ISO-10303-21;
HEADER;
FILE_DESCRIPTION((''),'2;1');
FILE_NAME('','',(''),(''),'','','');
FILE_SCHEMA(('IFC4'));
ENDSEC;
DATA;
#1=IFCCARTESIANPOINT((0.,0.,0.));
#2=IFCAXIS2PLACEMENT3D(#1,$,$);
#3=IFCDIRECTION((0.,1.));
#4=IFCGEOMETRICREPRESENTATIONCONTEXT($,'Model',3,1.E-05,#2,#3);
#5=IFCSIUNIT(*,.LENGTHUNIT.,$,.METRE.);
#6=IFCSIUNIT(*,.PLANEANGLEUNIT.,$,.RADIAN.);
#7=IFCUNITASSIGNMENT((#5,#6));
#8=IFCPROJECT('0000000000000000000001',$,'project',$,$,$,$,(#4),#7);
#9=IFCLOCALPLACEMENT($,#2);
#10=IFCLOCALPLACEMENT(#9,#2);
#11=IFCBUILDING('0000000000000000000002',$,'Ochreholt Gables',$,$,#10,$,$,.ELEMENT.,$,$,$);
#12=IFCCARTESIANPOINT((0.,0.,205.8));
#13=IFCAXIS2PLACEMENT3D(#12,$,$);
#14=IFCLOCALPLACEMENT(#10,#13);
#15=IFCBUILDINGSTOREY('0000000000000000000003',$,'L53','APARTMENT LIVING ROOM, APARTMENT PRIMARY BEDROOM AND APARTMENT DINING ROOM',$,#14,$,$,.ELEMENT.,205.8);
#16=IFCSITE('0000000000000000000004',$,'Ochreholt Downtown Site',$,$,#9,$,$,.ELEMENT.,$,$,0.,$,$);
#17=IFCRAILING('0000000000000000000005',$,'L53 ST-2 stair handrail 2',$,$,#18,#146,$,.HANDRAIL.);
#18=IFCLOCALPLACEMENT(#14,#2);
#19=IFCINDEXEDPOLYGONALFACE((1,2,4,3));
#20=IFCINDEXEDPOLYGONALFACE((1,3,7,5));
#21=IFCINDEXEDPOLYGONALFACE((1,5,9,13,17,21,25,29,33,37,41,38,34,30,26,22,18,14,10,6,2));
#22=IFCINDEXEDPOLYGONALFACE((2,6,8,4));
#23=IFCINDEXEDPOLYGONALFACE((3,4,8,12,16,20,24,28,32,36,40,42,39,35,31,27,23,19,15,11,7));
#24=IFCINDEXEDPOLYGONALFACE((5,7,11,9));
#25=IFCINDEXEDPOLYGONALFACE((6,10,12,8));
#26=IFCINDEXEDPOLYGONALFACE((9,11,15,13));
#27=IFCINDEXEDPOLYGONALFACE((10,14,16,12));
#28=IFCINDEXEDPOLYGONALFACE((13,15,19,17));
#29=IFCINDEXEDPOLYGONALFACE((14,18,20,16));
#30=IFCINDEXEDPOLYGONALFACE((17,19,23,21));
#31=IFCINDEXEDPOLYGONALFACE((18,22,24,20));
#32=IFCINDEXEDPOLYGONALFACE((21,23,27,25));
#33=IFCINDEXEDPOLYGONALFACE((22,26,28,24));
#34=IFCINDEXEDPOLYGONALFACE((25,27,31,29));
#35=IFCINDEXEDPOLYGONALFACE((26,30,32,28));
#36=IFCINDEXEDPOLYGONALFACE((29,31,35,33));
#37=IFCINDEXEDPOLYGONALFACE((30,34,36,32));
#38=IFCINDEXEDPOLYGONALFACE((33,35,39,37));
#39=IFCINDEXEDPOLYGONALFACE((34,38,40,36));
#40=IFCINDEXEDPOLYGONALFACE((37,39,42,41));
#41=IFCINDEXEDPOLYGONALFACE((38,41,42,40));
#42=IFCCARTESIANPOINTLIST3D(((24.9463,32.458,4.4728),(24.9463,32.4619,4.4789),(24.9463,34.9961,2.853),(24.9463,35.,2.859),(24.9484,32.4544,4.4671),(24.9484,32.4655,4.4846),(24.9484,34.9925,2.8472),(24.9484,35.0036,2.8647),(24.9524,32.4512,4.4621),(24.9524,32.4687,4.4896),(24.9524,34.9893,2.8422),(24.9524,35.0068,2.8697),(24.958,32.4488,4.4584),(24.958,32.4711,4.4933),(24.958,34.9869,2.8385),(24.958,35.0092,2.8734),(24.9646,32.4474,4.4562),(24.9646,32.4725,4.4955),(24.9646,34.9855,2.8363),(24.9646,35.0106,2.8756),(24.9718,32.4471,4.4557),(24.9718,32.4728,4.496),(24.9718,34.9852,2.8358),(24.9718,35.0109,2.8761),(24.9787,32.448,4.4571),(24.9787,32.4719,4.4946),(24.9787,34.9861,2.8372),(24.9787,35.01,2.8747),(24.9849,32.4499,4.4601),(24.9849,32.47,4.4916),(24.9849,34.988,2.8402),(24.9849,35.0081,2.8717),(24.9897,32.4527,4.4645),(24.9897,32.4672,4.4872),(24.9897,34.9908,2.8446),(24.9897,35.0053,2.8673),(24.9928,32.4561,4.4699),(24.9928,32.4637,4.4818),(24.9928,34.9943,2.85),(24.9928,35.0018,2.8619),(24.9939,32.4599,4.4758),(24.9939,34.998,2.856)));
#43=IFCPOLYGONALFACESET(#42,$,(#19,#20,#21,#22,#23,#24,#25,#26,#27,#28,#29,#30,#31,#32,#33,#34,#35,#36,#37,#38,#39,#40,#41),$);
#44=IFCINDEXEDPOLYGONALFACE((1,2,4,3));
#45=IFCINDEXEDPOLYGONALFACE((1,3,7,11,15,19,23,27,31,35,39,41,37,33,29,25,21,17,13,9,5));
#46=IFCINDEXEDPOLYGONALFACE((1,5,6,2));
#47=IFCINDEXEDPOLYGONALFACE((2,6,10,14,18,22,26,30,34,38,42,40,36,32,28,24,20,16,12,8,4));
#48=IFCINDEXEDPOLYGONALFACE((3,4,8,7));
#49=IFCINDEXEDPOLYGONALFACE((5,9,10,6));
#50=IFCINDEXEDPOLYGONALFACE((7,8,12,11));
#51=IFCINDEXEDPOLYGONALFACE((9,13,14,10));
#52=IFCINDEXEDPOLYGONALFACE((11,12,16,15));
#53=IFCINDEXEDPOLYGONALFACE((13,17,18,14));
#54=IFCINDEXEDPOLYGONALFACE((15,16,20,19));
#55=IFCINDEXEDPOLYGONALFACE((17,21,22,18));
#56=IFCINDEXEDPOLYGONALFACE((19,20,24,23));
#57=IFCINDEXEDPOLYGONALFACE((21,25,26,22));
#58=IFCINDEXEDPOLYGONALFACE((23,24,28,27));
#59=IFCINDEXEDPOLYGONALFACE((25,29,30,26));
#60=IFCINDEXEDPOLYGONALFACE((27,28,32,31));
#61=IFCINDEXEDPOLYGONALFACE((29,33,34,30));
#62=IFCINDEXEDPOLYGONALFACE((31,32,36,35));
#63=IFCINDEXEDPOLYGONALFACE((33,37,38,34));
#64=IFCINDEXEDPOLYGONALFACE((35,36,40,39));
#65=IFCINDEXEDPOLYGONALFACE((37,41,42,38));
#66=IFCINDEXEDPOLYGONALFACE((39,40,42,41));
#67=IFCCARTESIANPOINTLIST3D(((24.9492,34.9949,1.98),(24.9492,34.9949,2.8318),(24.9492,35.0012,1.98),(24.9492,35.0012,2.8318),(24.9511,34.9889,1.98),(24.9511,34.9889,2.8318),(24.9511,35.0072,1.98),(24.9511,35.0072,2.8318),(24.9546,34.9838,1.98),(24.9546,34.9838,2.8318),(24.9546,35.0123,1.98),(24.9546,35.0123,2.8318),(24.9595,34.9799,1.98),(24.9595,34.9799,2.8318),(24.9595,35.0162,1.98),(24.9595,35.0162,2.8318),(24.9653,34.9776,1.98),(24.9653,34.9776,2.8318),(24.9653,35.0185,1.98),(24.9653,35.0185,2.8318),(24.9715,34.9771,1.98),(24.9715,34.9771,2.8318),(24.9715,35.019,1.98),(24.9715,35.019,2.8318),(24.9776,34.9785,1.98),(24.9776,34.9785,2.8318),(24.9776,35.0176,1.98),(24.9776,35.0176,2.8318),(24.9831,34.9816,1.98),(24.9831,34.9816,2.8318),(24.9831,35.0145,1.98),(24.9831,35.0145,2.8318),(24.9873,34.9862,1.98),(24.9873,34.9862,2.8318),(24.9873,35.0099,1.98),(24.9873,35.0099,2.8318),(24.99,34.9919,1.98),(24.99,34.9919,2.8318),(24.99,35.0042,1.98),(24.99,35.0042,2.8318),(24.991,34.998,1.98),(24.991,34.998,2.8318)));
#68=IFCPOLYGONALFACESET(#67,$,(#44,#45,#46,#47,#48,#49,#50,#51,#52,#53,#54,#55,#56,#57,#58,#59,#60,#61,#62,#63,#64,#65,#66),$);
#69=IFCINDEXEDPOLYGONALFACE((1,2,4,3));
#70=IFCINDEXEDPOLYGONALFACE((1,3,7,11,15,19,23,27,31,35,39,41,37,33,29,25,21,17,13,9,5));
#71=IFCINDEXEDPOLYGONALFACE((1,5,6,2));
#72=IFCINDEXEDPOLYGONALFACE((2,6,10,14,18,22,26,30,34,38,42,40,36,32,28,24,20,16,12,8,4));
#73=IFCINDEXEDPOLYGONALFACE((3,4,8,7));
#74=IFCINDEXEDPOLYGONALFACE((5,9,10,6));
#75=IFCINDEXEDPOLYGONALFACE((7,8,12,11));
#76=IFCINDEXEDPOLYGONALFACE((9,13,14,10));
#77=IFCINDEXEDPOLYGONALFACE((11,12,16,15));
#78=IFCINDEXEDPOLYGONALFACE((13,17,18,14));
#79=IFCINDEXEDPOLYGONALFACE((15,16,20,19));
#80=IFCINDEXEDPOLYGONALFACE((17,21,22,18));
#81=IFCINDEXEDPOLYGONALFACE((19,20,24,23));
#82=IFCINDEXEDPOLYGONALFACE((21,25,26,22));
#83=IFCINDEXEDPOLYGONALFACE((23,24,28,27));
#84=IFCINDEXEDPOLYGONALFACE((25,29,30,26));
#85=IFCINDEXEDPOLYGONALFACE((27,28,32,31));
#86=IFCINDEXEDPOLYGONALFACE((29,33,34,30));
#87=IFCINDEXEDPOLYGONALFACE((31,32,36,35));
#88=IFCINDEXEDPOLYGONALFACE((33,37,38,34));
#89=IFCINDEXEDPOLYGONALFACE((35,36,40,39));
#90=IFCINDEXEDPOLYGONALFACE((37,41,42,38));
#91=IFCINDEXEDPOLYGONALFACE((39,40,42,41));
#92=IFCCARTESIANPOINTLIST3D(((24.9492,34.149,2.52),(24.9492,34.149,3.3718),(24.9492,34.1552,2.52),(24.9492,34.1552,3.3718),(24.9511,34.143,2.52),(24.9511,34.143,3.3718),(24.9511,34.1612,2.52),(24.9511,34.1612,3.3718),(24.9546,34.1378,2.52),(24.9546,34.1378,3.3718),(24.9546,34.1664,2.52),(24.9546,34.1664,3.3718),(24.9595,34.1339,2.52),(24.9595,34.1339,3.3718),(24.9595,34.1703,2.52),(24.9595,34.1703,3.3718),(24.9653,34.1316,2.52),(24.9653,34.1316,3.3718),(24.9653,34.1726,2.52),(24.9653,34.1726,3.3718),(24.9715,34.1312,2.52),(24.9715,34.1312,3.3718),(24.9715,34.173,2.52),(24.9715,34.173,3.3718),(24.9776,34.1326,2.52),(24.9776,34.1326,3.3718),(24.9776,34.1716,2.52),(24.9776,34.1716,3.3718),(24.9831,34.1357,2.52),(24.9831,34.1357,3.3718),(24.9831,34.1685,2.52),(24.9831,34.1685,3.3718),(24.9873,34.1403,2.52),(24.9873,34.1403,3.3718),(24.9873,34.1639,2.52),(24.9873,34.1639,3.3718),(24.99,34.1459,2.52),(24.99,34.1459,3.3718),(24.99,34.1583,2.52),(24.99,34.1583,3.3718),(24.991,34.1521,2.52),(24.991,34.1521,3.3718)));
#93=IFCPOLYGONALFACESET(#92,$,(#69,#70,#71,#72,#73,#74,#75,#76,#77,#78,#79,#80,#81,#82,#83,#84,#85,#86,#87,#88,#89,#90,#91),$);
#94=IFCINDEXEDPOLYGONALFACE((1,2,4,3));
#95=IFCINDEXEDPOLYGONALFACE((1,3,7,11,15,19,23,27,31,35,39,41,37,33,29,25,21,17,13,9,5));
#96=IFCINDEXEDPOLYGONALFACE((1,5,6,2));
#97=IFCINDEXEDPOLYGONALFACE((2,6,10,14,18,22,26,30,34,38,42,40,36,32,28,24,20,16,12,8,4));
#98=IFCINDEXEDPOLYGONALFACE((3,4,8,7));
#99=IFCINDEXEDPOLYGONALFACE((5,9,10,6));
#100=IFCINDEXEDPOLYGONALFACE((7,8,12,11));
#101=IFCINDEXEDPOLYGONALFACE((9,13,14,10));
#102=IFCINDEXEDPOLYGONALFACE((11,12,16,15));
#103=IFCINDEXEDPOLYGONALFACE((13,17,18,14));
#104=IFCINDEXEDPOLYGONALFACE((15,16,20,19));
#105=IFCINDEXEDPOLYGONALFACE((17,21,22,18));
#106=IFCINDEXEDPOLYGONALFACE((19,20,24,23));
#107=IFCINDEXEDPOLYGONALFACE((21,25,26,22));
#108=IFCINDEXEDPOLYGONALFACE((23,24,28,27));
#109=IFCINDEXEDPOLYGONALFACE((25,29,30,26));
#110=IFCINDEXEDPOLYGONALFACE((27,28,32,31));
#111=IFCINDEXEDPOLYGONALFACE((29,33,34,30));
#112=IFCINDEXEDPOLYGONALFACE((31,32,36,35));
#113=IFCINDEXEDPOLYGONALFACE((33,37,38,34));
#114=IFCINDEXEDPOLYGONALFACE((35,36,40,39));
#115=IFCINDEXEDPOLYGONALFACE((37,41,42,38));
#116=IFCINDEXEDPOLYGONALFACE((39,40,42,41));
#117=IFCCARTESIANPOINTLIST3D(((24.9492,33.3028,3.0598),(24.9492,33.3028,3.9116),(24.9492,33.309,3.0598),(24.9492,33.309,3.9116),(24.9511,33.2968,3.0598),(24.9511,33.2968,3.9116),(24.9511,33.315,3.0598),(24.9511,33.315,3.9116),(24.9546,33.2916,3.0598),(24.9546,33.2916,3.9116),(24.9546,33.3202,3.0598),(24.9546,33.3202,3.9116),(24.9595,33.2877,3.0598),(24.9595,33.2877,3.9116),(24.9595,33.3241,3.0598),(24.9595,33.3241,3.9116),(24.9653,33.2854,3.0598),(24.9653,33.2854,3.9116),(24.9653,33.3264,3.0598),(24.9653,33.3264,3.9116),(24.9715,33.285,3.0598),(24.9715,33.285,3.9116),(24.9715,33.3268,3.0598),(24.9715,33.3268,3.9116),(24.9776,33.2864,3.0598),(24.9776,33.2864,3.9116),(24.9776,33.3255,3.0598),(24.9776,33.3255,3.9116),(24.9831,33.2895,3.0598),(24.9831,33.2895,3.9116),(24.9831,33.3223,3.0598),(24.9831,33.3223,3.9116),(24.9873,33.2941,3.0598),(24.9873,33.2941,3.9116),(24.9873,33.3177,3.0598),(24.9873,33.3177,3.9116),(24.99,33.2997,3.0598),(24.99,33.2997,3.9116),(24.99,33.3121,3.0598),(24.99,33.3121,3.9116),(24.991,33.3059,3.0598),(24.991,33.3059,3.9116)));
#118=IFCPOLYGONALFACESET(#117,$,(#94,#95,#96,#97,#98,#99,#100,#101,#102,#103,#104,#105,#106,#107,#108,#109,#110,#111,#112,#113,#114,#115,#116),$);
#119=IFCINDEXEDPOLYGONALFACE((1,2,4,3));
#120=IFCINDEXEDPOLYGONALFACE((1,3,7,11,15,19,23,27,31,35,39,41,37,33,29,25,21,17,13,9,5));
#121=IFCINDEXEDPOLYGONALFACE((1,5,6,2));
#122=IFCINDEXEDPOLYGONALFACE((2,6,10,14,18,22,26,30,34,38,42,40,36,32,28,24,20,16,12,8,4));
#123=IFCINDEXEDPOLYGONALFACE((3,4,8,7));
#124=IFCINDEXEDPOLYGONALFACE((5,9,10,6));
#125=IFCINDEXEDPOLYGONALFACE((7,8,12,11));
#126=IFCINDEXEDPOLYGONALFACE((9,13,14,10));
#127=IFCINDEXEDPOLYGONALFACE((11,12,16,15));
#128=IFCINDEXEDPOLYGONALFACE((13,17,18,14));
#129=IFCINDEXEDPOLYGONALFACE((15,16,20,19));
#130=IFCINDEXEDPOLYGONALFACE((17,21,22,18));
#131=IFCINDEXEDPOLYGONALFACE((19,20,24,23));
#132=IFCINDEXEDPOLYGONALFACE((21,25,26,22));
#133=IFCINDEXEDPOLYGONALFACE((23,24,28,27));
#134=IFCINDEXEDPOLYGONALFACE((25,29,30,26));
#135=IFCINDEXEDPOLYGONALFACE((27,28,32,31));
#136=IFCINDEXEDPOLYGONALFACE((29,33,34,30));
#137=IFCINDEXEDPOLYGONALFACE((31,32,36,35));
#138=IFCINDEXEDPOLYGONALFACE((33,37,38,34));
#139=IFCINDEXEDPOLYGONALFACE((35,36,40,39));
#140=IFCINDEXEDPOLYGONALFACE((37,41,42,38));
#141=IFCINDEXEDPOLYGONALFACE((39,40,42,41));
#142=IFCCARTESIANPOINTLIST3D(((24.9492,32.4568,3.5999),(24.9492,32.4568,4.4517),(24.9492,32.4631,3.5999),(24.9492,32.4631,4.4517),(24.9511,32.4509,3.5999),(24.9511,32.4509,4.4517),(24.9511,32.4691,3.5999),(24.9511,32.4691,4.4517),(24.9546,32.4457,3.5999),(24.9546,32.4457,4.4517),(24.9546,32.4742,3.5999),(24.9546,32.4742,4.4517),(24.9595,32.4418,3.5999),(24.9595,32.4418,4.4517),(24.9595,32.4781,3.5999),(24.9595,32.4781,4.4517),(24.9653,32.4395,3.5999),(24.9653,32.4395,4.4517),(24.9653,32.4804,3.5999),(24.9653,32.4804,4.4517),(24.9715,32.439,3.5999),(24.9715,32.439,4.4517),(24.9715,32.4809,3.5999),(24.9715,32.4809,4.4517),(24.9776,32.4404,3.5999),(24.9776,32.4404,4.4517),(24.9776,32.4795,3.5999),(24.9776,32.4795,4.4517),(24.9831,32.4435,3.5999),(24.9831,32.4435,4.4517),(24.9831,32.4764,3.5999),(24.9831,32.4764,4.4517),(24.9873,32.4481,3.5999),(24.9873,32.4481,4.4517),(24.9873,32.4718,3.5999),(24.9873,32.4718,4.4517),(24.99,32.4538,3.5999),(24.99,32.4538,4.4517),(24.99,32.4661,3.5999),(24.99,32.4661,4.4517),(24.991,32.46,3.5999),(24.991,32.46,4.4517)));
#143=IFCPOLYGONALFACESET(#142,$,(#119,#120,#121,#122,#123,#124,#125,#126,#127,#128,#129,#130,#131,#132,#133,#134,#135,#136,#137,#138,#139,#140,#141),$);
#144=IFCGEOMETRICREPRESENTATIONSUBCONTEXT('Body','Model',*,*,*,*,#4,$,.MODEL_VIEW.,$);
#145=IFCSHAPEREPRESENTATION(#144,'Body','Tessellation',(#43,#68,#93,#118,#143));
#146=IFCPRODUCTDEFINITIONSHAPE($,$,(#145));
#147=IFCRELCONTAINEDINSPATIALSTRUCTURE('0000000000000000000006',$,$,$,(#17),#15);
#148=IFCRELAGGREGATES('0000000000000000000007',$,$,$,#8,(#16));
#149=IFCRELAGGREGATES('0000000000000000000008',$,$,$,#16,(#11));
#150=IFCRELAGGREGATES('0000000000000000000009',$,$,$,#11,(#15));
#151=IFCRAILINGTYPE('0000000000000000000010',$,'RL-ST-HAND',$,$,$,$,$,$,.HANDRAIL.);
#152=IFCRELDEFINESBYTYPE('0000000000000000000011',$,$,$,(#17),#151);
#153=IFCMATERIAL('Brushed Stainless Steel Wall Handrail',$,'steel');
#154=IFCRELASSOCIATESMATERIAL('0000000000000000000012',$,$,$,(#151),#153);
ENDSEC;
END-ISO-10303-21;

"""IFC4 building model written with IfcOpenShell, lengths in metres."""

from ifc_helpers import new_model, si_unit, direction, frame, origin, origin_2d, place, context, subcontext, project, spatial, circle, extrude, material, type_object, element, save


model = new_model("IFC4")

# Units and contexts
model_context = context("Model", 3, precision=1e-05, world=origin(), true_north=direction((0.0, 1.0)))
body_context = subcontext(model_context, "Body", "Model", "MODEL_VIEW")
ifc_project = project(units=[si_unit("LENGTHUNIT", "METRE"), si_unit("PLANEANGLEUNIT", "RADIAN")], contexts=[model_context])

# Site, building, storey
site_placement = place(None, origin())
site = spatial("IfcSite", under=ifc_project, at=site_placement, Name="Ochreholt Downtown Site", CompositionType="ELEMENT", RefElevation=0.0)
building_placement = place(site_placement, origin())
building = spatial("IfcBuilding", under=site, at=building_placement, Name="Ochreholt Gables", CompositionType="ELEMENT")
storey_placement = place(building_placement, frame((0.0, 0.0, 205.8)))
storey = spatial("IfcBuildingStorey", under=building, at=storey_placement, Name="L53", Description="APARTMENT LIVING ROOM, APARTMENT PRIMARY BEDROOM AND APARTMENT DINING ROOM", CompositionType="ELEMENT", Elevation=205.8)

# Railing
ifc_material_1 = material(Name="Brushed Stainless Steel Wall Handrail", Category="steel")
railing_type_1 = type_object("IfcRailingType", Name="RL-ST-HAND", PredefinedType="HANDRAIL", material=ifc_material_1)
railing_1_placement = place(storey_placement, frame((24.97, 34.998, 1.98)))
element("IfcRailing", 1, at=railing_1_placement, inside=storey, type_object=railing_type_1, Name="L53 ST-2 stair handrail 2", PredefinedType="HANDRAIL", context=body_context, shape_type="SweptSolid", body=[
    extrude(circle(Radius=0.0239, at=origin_2d()), frame((0.0, 0.0, 0.876), z_axis=(0.0, -0.84295, 0.537993), x_axis=(1.0, 0.0, 0.0)), (0.0, 0.0, 1.0), 3.011),
    extrude(circle(Radius=0.021, at=origin_2d()), origin(), (0.0, 0.0, 1.0), 0.8518),
    extrude(circle(Radius=0.021, at=origin_2d()), frame((0.0, -0.8459, 0.54)), (0.0, 0.0, 1.0), 0.8518),
    extrude(circle(Radius=0.021, at=origin_2d()), frame((0.0, -1.6921, 1.0798)), (0.0, 0.0, 1.0), 0.8518),
    extrude(circle(Radius=0.021, at=origin_2d()), frame((0.0, -2.5381, 1.6199)), (0.0, 0.0, 1.0), 0.8518),
])

save(model, "model.ifc")
